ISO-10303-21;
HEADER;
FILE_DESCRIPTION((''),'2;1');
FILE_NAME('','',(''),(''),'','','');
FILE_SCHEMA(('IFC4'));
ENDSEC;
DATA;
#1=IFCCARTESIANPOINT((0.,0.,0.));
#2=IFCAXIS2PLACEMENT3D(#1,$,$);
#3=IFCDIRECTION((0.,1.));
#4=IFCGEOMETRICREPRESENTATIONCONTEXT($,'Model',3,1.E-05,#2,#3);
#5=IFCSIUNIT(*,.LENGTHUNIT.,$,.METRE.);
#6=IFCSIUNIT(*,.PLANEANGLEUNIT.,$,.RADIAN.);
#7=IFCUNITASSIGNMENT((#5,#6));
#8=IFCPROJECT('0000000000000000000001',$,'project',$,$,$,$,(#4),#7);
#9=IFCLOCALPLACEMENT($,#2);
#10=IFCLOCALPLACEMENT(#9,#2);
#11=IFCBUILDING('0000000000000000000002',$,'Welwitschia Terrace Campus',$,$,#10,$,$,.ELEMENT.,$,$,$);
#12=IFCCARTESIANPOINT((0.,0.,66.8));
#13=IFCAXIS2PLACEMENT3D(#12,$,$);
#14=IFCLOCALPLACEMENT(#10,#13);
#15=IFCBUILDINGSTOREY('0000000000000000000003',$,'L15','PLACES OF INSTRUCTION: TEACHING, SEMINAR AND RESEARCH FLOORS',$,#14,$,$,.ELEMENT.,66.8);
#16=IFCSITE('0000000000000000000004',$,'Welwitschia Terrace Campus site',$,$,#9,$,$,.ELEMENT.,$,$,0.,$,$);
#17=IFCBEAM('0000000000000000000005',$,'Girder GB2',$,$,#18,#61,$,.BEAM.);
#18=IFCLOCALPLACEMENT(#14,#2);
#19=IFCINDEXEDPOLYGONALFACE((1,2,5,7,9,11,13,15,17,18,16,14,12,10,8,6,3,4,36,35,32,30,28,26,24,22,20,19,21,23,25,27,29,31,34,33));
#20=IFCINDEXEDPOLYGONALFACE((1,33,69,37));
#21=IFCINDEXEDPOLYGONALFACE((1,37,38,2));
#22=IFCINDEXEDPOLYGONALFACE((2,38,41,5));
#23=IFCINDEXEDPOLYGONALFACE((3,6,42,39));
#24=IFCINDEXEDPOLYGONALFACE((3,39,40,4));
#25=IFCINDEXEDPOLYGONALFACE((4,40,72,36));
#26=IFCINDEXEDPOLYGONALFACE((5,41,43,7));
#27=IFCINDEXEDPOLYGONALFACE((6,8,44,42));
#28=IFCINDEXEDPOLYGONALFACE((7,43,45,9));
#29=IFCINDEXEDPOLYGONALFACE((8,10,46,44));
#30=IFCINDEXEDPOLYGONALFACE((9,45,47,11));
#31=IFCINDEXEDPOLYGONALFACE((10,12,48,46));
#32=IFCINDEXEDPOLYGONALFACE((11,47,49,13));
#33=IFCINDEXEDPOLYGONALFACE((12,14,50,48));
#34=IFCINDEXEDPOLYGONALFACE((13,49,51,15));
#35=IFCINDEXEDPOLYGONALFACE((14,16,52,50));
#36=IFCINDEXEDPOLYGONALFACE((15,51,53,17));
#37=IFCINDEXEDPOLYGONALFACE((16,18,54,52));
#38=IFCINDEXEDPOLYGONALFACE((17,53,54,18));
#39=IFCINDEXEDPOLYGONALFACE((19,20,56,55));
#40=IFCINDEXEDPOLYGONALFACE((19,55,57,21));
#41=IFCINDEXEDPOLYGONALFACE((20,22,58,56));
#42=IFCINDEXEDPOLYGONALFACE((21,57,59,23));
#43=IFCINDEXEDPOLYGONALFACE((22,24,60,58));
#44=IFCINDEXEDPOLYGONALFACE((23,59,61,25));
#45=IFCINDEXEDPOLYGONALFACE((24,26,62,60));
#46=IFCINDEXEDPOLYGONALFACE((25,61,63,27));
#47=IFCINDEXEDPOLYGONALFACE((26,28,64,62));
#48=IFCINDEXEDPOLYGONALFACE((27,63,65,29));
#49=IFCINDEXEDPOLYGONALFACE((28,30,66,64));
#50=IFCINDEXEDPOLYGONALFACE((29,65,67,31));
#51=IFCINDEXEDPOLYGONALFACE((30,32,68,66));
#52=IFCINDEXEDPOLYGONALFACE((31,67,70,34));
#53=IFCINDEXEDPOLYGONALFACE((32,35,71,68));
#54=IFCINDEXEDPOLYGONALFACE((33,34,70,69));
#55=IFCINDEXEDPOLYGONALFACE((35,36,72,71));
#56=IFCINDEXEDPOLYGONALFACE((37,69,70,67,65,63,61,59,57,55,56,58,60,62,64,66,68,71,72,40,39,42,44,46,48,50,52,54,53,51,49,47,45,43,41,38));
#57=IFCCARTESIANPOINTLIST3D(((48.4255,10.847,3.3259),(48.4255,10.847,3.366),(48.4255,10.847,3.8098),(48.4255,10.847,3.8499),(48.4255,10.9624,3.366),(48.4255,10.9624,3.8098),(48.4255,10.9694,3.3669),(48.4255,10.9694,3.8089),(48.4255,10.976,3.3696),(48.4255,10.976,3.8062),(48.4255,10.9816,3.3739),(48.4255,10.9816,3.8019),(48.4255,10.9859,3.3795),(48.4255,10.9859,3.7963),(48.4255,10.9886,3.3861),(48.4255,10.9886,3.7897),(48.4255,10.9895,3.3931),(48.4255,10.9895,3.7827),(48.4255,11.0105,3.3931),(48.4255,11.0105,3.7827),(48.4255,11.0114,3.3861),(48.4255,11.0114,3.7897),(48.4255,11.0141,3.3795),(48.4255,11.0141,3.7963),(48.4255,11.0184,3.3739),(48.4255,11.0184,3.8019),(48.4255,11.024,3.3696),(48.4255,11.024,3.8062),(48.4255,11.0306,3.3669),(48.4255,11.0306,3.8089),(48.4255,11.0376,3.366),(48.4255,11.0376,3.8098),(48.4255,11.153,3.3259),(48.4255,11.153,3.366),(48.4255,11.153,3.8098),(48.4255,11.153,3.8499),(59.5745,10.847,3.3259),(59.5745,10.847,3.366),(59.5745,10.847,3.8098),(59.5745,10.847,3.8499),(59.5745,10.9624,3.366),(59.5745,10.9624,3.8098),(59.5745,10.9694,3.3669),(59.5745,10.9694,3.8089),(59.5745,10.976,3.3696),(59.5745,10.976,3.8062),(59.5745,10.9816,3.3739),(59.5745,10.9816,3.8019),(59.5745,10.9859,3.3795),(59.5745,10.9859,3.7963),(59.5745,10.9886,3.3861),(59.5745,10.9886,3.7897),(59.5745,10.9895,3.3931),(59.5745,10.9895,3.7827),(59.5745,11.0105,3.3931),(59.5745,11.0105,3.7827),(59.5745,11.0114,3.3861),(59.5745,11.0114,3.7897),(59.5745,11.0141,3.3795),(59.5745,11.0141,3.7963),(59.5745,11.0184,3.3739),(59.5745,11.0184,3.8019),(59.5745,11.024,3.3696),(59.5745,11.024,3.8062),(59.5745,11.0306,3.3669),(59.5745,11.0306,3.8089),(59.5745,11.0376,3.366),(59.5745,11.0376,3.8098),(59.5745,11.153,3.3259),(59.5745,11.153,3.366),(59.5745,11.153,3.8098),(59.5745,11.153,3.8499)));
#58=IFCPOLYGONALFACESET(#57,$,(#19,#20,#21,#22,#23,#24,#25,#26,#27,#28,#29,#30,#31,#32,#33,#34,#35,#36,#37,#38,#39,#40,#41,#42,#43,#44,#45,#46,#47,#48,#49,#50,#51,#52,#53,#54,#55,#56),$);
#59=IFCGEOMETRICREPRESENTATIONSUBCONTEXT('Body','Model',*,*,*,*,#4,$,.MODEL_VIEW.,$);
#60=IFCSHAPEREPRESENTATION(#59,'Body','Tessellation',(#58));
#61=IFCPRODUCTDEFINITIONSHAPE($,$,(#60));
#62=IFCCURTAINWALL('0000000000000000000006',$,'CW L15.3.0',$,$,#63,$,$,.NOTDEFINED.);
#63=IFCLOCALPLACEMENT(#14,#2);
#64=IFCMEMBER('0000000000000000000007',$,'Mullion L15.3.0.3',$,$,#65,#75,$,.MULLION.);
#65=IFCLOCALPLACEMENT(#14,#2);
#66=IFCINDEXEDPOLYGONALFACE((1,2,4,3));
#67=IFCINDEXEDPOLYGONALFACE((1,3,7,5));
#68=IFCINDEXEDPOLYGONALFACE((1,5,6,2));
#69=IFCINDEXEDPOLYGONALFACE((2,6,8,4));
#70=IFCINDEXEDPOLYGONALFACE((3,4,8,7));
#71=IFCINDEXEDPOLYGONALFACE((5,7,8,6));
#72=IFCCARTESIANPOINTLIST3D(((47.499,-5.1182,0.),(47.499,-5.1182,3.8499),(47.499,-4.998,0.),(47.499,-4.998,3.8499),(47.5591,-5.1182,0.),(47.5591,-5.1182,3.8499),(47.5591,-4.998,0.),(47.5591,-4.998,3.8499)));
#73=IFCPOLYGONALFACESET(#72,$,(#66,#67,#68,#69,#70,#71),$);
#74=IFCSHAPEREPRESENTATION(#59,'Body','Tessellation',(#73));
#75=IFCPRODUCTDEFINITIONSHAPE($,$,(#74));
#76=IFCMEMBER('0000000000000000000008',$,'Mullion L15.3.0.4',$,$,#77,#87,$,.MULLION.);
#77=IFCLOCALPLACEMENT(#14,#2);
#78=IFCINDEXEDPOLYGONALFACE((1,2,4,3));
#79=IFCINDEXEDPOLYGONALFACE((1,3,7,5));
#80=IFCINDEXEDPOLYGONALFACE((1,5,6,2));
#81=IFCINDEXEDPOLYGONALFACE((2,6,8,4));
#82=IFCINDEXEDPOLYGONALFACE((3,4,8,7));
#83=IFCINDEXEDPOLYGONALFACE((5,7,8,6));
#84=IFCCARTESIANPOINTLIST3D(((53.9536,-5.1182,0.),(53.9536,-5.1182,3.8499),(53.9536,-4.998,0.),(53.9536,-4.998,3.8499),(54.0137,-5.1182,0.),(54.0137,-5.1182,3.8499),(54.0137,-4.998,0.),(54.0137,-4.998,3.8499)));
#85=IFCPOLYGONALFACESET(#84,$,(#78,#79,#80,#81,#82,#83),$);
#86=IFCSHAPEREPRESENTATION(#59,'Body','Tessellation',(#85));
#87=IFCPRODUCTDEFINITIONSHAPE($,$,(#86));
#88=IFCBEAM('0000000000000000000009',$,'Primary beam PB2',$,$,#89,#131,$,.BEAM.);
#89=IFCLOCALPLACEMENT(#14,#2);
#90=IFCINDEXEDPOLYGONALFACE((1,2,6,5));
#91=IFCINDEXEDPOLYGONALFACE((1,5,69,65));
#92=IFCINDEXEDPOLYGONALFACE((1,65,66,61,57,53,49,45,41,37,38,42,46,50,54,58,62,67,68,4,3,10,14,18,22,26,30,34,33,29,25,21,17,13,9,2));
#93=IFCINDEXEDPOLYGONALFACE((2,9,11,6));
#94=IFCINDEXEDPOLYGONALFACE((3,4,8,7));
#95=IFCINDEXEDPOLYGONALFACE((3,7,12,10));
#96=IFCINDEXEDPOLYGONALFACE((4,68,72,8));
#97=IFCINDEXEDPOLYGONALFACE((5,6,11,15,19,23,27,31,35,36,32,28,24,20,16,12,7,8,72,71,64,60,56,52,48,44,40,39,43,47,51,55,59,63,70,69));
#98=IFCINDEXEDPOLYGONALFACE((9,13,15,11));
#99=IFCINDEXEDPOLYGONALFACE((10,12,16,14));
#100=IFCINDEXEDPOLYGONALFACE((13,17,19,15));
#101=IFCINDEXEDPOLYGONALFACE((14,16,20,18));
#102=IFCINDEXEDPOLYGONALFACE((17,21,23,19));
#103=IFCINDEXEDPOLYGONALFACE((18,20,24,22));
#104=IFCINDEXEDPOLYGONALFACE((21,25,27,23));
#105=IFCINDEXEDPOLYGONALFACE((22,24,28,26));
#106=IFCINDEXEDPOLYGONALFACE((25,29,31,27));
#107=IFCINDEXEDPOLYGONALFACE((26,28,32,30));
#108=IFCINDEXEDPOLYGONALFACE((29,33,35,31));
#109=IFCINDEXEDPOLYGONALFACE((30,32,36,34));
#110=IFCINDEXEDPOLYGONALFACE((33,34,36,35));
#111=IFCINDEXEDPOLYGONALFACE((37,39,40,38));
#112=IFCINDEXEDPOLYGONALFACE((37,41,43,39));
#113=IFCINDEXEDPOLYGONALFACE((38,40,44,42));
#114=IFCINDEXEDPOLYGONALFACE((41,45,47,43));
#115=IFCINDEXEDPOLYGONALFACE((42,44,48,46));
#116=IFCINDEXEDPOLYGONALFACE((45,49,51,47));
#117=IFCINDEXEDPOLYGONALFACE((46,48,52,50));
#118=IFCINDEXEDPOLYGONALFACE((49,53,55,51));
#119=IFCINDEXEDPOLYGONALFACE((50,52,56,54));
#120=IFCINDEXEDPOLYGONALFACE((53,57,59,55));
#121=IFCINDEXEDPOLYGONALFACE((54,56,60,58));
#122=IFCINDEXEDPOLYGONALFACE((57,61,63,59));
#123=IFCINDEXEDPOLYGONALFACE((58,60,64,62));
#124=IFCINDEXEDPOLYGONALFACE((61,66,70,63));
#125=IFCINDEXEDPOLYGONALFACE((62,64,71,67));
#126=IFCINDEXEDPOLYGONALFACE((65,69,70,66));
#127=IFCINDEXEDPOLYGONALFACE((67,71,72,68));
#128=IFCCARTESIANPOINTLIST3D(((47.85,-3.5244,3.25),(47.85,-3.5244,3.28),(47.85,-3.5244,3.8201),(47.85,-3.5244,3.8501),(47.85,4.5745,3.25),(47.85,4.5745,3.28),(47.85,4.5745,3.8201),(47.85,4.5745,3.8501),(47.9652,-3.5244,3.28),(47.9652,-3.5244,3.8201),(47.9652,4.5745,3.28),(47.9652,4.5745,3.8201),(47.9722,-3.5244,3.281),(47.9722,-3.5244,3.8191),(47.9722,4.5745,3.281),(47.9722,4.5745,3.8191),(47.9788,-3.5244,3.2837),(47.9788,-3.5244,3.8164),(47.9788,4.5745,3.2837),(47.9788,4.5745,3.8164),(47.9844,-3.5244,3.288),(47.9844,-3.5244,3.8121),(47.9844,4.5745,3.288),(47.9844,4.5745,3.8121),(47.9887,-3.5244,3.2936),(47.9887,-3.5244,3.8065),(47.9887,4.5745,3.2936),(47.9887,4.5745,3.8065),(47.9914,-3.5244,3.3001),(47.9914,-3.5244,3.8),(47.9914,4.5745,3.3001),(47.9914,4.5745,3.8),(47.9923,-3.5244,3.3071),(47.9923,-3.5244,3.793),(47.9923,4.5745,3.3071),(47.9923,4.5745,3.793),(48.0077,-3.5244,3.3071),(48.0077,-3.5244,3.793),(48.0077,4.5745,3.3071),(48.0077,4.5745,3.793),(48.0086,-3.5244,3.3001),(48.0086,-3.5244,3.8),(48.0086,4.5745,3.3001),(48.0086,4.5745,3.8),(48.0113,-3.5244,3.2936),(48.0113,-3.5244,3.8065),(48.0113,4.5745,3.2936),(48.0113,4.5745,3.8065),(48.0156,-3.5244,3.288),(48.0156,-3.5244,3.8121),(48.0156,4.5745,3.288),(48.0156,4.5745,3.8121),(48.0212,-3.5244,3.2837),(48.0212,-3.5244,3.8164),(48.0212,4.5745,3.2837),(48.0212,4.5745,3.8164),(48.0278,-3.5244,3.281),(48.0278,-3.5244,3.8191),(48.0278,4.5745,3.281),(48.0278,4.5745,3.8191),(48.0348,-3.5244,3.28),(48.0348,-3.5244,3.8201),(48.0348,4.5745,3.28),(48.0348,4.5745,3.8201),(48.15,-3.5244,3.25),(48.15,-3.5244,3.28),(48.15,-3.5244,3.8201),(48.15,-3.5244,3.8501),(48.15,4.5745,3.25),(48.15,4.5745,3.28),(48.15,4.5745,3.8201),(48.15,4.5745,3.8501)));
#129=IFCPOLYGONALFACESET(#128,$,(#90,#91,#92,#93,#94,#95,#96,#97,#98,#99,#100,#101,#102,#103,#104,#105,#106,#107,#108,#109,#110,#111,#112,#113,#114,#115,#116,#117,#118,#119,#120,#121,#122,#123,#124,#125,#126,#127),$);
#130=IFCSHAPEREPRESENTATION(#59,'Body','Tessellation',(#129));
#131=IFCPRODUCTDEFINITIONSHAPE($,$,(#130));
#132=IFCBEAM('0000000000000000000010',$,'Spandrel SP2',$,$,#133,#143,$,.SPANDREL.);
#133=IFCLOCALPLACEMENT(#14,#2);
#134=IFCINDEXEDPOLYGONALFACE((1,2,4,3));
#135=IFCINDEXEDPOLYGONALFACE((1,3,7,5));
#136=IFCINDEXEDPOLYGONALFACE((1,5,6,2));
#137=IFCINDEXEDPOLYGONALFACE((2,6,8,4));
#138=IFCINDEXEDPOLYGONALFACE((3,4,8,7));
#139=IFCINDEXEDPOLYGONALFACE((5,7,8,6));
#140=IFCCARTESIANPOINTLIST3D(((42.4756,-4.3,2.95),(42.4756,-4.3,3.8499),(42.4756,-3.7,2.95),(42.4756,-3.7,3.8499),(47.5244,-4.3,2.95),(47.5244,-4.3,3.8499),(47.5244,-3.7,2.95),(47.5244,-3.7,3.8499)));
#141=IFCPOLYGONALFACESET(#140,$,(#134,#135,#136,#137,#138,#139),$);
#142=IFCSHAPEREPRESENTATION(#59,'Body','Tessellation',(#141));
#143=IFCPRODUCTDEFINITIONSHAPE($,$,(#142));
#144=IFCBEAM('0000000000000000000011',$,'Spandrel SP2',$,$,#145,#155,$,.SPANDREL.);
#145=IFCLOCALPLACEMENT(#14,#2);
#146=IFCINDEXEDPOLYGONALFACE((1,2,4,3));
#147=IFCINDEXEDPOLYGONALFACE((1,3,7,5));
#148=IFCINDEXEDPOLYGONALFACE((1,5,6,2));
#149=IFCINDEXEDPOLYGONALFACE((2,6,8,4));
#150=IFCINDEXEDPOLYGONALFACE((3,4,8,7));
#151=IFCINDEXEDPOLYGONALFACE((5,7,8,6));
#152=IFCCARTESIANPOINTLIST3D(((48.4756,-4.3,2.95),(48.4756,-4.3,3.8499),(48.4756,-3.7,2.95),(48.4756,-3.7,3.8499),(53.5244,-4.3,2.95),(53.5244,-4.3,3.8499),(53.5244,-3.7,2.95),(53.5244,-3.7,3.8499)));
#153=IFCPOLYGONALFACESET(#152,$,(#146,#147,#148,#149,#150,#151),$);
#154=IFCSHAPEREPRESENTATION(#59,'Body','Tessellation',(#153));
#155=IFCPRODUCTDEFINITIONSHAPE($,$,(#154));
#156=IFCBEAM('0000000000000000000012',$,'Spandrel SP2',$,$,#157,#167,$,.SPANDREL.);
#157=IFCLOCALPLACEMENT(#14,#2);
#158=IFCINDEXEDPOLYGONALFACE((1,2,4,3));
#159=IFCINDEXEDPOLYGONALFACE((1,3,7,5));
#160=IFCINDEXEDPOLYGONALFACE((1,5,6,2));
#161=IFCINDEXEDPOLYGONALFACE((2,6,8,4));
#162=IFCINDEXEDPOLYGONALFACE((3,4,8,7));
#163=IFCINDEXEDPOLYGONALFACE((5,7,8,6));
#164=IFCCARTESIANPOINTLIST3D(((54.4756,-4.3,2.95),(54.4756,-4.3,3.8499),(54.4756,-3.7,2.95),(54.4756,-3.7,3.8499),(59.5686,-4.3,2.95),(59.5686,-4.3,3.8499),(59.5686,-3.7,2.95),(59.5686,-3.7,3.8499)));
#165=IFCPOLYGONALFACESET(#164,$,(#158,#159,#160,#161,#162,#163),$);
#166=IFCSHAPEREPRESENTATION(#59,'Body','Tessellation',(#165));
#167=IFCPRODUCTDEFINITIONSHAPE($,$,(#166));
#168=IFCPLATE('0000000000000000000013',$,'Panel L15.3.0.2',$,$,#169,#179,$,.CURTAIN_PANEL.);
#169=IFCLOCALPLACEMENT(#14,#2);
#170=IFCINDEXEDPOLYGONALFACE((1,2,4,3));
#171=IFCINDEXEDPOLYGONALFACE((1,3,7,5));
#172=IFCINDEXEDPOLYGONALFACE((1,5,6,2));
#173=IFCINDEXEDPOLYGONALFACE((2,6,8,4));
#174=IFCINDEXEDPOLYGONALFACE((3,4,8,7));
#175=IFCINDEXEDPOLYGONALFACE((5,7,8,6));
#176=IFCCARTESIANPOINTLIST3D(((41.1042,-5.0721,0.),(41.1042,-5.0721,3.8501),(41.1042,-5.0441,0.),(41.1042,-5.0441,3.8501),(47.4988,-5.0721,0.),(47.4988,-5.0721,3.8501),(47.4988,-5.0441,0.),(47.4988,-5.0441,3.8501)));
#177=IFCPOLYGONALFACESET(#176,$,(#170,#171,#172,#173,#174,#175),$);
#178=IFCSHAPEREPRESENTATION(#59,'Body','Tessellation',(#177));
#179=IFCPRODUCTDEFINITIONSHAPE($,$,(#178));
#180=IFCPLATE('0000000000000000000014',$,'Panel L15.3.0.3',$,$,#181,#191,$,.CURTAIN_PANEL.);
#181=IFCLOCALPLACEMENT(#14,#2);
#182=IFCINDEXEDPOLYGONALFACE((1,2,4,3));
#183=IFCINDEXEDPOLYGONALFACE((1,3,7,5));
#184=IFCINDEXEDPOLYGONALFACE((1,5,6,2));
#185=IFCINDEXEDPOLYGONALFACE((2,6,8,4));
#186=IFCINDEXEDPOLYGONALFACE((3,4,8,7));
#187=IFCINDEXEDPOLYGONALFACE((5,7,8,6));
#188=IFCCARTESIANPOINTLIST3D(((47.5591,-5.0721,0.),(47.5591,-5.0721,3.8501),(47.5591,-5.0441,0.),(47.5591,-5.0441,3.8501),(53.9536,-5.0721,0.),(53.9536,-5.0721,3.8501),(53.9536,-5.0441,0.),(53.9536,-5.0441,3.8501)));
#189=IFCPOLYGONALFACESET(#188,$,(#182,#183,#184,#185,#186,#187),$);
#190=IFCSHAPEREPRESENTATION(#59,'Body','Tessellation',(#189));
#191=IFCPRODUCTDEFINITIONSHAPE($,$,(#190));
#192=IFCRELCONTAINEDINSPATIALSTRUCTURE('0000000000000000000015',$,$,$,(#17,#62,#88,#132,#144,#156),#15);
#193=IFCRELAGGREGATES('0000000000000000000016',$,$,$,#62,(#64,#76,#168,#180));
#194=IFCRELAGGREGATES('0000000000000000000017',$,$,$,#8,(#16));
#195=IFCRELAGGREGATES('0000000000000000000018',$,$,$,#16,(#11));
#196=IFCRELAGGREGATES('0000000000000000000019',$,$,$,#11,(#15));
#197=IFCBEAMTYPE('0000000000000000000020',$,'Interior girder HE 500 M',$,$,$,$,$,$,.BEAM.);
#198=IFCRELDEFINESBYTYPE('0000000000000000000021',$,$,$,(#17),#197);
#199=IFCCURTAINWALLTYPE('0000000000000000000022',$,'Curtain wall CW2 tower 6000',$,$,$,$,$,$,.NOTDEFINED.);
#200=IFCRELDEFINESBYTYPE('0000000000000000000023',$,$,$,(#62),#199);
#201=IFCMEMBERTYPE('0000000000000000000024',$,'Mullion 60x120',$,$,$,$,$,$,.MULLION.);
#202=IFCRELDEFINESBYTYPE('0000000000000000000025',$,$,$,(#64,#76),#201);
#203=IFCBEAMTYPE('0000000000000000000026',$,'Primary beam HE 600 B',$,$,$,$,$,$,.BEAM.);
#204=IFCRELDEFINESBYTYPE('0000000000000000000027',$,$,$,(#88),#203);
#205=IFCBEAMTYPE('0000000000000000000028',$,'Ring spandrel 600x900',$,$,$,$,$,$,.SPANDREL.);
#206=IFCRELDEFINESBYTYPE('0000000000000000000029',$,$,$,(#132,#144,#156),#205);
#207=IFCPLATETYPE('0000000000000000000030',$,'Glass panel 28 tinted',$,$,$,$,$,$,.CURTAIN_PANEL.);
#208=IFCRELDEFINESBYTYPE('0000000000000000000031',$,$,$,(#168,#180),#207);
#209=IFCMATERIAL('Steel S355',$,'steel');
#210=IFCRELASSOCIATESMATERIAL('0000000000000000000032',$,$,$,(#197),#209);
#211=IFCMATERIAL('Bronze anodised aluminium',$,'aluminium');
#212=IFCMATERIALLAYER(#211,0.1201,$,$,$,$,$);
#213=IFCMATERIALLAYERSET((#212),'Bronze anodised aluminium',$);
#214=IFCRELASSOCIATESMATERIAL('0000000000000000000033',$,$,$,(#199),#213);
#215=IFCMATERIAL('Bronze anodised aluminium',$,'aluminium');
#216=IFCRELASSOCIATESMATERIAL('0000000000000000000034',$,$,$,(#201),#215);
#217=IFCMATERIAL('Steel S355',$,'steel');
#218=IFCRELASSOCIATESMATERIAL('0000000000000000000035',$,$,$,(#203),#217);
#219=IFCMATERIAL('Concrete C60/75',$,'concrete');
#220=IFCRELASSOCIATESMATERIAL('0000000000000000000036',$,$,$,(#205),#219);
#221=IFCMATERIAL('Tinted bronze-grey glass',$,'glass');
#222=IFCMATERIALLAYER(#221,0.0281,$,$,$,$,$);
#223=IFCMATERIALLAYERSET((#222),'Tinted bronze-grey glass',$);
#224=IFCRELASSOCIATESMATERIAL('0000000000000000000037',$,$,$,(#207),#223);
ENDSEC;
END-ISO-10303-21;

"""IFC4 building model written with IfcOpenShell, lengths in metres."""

from ifc_helpers import new_model, si_unit, direction, frame, origin, origin_2d, place, context, subcontext, project, spatial, rectangle, i_section, extrude, material, layer, layer_set, material_profile, profile_set, type_object, element, aggregate, save


model = new_model("IFC4")

# Units and contexts
model_context = context("Model", 3, precision=1e-05, world=origin(), true_north=direction((0.0, 1.0)))
body_context = subcontext(model_context, "Body", "Model", "MODEL_VIEW")
ifc_project = project(units=[si_unit("LENGTHUNIT", "METRE"), si_unit("PLANEANGLEUNIT", "RADIAN")], contexts=[model_context])

# Site, building, storey
site_placement = place(None, origin())
site = spatial("IfcSite", under=ifc_project, at=site_placement, Name="Welwitschia Terrace Campus site", CompositionType="ELEMENT", RefElevation=0.0)
building_placement = place(site_placement, origin())
building = spatial("IfcBuilding", under=site, at=building_placement, Name="Welwitschia Terrace Campus", CompositionType="ELEMENT")
storey_placement = place(building_placement, frame((0.0, 0.0, 66.8)))
storey = spatial("IfcBuildingStorey", under=building, at=storey_placement, Name="L15", Description="PLACES OF INSTRUCTION: TEACHING, SEMINAR AND RESEARCH FLOORS", CompositionType="ELEMENT", Elevation=66.8)

# Beam
ifc_material_1 = material(Name="Steel S355", Category="steel")
ifc_material_profile_1 = material_profile(ifc_material_1, i_section(OverallWidth=0.3059, OverallDepth=0.5239, WebThickness=0.021, FlangeThickness=0.04, FilletRadius=0.0271, at=origin_2d()))
ifc_profile_set_1 = profile_set([ifc_material_profile_1], Name="Steel S355")
beam_type_1 = type_object("IfcBeamType", Name="Interior girder HE 500 M", PredefinedType="BEAM", material=ifc_profile_set_1)
for number, where, z_axis, x_axis, name in (
    (1, (48.4255, 11.0, 3.5879), (1.0, 0.0, 0.0), (0.0, 1.0, 0.0), "Girder GB2"),
):
    element("IfcBeam", number, at=place(storey_placement, frame(where, z_axis=z_axis, x_axis=x_axis)), inside=storey, type_object=beam_type_1, Name=name, PredefinedType="BEAM", context=body_context, shape_type="SweptSolid", body=[
        extrude(i_section(OverallWidth=0.3059, OverallDepth=0.5239, WebThickness=0.021, FlangeThickness=0.04, FilletRadius=0.0271, at=origin_2d()), origin(), (0.0, 0.0, 1.0), 11.1489),
    ])

# Curtain wall, members
ifc_material_2 = material(Name="Bronze anodised aluminium", Category="aluminium")
ifc_layer_1 = layer(ifc_material_2, 0.1201)
ifc_layer_set_1 = layer_set([ifc_layer_1], Name="Bronze anodised aluminium")
curtain_wall_type = type_object("IfcCurtainWallType", Name="Curtain wall CW2 tower 6000", PredefinedType="NOTDEFINED", material=ifc_layer_set_1)
curtain_wall_placement = place(storey_placement, origin())
curtain_wall = element("IfcCurtainWall", 2, at=curtain_wall_placement, inside=storey, type_object=curtain_wall_type, Name="CW L15.3.0", PredefinedType="NOTDEFINED")
ifc_material_3 = material(Name="Bronze anodised aluminium", Category="aluminium")
ifc_material_profile_2 = material_profile(ifc_material_3, rectangle(XDim=0.1201, YDim=0.0601, at=origin_2d()))
ifc_profile_set_2 = profile_set([ifc_material_profile_2], Name="Bronze anodised aluminium")
member_type = type_object("IfcMemberType", Name="Mullion 60x120", PredefinedType="MULLION", material=ifc_profile_set_2)
member_1_placement = place(storey_placement, frame((47.5291, -5.0581, 0.0), z_axis=(0.0, 0.0, 1.0), x_axis=(0.0, 1.0, 0.0)))
member_1 = element("IfcMember", 3, at=member_1_placement, type_object=member_type, Name="Mullion L15.3.0.3", PredefinedType="MULLION", context=body_context, shape_type="SweptSolid", body=[
    extrude(rectangle(XDim=0.1201, YDim=0.0601, at=origin_2d()), origin(), (0.0, 0.0, 1.0), 3.8499),
])
member_2_placement = place(storey_placement, frame((53.9836, -5.0581, 0.0), z_axis=(0.0, 0.0, 1.0), x_axis=(0.0, 1.0, 0.0)))
member_2 = element("IfcMember", 4, at=member_2_placement, type_object=member_type, Name="Mullion L15.3.0.4", PredefinedType="MULLION", context=body_context, shape_type="SweptSolid", body=[
    extrude(rectangle(XDim=0.1201, YDim=0.0601, at=origin_2d()), origin(), (0.0, 0.0, 1.0), 3.8499),
])

# Beams
ifc_material_4 = material(Name="Steel S355", Category="steel")
ifc_material_profile_3 = material_profile(ifc_material_4, i_section(OverallWidth=0.3, OverallDepth=0.6001, WebThickness=0.0154, FlangeThickness=0.03, FilletRadius=0.0271, at=origin_2d()))
ifc_profile_set_3 = profile_set([ifc_material_profile_3], Name="Steel S355")
beam_type_2 = type_object("IfcBeamType", Name="Primary beam HE 600 B", PredefinedType="BEAM", material=ifc_profile_set_3)
beam_1_placement = place(storey_placement, frame((48.0, -3.5244, 3.55), z_axis=(0.0, 1.0, 0.0), x_axis=(-1.0, 0.0, 0.0)))
element("IfcBeam", 5, at=beam_1_placement, inside=storey, type_object=beam_type_2, Name="Primary beam PB2", PredefinedType="BEAM", context=body_context, shape_type="SweptSolid", body=[
    extrude(i_section(OverallWidth=0.3, OverallDepth=0.6001, WebThickness=0.0154, FlangeThickness=0.03, FilletRadius=0.0271, at=origin_2d()), origin(), (0.0, 0.0, 1.0), 8.0989),
])
ifc_material_5 = material(Name="Concrete C60/75", Category="concrete")
ifc_material_profile_4 = material_profile(ifc_material_5, rectangle(XDim=0.6001, YDim=0.8999, at=origin_2d()))
ifc_profile_set_4 = profile_set([ifc_material_profile_4], Name="Concrete C60/75")
beam_type_3 = type_object("IfcBeamType", Name="Ring spandrel 600x900", PredefinedType="SPANDREL", material=ifc_profile_set_4)
for number, where, z_axis, x_axis, name in (
    (6, (42.4756, -4.0, 3.3999), (1.0, 0.0, 0.0), (0.0, 1.0, 0.0), "Spandrel SP2"),
    (7, (48.4756, -4.0, 3.3999), (1.0, 0.0, 0.0), (0.0, 1.0, 0.0), "Spandrel SP2"),
):
    element("IfcBeam", number, at=place(storey_placement, frame(where, z_axis=z_axis, x_axis=x_axis)), inside=storey, type_object=beam_type_3, Name=name, PredefinedType="SPANDREL", context=body_context, shape_type="SweptSolid", body=[
        extrude(rectangle(XDim=0.6001, YDim=0.8999, at=origin_2d()), origin(), (0.0, 0.0, 1.0), 5.0488),
    ])
beam_2_placement = place(storey_placement, frame((54.4756, -4.0, 3.3999), z_axis=(1.0, 0.0, 0.0), x_axis=(0.0, 1.0, 0.0)))
element("IfcBeam", 8, at=beam_2_placement, inside=storey, type_object=beam_type_3, Name="Spandrel SP2", PredefinedType="SPANDREL", context=body_context, shape_type="SweptSolid", body=[
    extrude(rectangle(XDim=0.6001, YDim=0.8999, at=origin_2d()), origin(), (0.0, 0.0, 1.0), 5.093),
])

# Plates
ifc_material_6 = material(Name="Tinted bronze-grey glass", Category="glass")
ifc_layer_2 = layer(ifc_material_6, 0.0281)
ifc_layer_set_2 = layer_set([ifc_layer_2], Name="Tinted bronze-grey glass")
plate_type = type_object("IfcPlateType", Name="Glass panel 28 tinted", PredefinedType="CURTAIN_PANEL", material=ifc_layer_set_2)
plate_1_placement = place(storey_placement, frame((44.3015, -5.0581, 0.0), z_axis=(0.0, 0.0, 1.0), x_axis=(1.0, 0.0, 0.0)))
plate_1 = element("IfcPlate", 9, at=plate_1_placement, type_object=plate_type, Name="Panel L15.3.0.2", PredefinedType="CURTAIN_PANEL", context=body_context, shape_type="SweptSolid", body=[
    extrude(rectangle(XDim=6.3945, YDim=0.0281, at=origin_2d()), origin(), (0.0, 0.0, 1.0), 3.8501),
])
plate_2_placement = place(storey_placement, frame((50.7563, -5.0581, 0.0), z_axis=(0.0, 0.0, 1.0), x_axis=(1.0, 0.0, 0.0)))
plate_2 = element("IfcPlate", 10, at=plate_2_placement, type_object=plate_type, Name="Panel L15.3.0.3", PredefinedType="CURTAIN_PANEL", context=body_context, shape_type="SweptSolid", body=[
    extrude(rectangle(XDim=6.3945, YDim=0.0281, at=origin_2d()), origin(), (0.0, 0.0, 1.0), 3.8501),
])
aggregate(curtain_wall, [member_1, member_2, plate_1, plate_2])

save(model, "model.ifc")
